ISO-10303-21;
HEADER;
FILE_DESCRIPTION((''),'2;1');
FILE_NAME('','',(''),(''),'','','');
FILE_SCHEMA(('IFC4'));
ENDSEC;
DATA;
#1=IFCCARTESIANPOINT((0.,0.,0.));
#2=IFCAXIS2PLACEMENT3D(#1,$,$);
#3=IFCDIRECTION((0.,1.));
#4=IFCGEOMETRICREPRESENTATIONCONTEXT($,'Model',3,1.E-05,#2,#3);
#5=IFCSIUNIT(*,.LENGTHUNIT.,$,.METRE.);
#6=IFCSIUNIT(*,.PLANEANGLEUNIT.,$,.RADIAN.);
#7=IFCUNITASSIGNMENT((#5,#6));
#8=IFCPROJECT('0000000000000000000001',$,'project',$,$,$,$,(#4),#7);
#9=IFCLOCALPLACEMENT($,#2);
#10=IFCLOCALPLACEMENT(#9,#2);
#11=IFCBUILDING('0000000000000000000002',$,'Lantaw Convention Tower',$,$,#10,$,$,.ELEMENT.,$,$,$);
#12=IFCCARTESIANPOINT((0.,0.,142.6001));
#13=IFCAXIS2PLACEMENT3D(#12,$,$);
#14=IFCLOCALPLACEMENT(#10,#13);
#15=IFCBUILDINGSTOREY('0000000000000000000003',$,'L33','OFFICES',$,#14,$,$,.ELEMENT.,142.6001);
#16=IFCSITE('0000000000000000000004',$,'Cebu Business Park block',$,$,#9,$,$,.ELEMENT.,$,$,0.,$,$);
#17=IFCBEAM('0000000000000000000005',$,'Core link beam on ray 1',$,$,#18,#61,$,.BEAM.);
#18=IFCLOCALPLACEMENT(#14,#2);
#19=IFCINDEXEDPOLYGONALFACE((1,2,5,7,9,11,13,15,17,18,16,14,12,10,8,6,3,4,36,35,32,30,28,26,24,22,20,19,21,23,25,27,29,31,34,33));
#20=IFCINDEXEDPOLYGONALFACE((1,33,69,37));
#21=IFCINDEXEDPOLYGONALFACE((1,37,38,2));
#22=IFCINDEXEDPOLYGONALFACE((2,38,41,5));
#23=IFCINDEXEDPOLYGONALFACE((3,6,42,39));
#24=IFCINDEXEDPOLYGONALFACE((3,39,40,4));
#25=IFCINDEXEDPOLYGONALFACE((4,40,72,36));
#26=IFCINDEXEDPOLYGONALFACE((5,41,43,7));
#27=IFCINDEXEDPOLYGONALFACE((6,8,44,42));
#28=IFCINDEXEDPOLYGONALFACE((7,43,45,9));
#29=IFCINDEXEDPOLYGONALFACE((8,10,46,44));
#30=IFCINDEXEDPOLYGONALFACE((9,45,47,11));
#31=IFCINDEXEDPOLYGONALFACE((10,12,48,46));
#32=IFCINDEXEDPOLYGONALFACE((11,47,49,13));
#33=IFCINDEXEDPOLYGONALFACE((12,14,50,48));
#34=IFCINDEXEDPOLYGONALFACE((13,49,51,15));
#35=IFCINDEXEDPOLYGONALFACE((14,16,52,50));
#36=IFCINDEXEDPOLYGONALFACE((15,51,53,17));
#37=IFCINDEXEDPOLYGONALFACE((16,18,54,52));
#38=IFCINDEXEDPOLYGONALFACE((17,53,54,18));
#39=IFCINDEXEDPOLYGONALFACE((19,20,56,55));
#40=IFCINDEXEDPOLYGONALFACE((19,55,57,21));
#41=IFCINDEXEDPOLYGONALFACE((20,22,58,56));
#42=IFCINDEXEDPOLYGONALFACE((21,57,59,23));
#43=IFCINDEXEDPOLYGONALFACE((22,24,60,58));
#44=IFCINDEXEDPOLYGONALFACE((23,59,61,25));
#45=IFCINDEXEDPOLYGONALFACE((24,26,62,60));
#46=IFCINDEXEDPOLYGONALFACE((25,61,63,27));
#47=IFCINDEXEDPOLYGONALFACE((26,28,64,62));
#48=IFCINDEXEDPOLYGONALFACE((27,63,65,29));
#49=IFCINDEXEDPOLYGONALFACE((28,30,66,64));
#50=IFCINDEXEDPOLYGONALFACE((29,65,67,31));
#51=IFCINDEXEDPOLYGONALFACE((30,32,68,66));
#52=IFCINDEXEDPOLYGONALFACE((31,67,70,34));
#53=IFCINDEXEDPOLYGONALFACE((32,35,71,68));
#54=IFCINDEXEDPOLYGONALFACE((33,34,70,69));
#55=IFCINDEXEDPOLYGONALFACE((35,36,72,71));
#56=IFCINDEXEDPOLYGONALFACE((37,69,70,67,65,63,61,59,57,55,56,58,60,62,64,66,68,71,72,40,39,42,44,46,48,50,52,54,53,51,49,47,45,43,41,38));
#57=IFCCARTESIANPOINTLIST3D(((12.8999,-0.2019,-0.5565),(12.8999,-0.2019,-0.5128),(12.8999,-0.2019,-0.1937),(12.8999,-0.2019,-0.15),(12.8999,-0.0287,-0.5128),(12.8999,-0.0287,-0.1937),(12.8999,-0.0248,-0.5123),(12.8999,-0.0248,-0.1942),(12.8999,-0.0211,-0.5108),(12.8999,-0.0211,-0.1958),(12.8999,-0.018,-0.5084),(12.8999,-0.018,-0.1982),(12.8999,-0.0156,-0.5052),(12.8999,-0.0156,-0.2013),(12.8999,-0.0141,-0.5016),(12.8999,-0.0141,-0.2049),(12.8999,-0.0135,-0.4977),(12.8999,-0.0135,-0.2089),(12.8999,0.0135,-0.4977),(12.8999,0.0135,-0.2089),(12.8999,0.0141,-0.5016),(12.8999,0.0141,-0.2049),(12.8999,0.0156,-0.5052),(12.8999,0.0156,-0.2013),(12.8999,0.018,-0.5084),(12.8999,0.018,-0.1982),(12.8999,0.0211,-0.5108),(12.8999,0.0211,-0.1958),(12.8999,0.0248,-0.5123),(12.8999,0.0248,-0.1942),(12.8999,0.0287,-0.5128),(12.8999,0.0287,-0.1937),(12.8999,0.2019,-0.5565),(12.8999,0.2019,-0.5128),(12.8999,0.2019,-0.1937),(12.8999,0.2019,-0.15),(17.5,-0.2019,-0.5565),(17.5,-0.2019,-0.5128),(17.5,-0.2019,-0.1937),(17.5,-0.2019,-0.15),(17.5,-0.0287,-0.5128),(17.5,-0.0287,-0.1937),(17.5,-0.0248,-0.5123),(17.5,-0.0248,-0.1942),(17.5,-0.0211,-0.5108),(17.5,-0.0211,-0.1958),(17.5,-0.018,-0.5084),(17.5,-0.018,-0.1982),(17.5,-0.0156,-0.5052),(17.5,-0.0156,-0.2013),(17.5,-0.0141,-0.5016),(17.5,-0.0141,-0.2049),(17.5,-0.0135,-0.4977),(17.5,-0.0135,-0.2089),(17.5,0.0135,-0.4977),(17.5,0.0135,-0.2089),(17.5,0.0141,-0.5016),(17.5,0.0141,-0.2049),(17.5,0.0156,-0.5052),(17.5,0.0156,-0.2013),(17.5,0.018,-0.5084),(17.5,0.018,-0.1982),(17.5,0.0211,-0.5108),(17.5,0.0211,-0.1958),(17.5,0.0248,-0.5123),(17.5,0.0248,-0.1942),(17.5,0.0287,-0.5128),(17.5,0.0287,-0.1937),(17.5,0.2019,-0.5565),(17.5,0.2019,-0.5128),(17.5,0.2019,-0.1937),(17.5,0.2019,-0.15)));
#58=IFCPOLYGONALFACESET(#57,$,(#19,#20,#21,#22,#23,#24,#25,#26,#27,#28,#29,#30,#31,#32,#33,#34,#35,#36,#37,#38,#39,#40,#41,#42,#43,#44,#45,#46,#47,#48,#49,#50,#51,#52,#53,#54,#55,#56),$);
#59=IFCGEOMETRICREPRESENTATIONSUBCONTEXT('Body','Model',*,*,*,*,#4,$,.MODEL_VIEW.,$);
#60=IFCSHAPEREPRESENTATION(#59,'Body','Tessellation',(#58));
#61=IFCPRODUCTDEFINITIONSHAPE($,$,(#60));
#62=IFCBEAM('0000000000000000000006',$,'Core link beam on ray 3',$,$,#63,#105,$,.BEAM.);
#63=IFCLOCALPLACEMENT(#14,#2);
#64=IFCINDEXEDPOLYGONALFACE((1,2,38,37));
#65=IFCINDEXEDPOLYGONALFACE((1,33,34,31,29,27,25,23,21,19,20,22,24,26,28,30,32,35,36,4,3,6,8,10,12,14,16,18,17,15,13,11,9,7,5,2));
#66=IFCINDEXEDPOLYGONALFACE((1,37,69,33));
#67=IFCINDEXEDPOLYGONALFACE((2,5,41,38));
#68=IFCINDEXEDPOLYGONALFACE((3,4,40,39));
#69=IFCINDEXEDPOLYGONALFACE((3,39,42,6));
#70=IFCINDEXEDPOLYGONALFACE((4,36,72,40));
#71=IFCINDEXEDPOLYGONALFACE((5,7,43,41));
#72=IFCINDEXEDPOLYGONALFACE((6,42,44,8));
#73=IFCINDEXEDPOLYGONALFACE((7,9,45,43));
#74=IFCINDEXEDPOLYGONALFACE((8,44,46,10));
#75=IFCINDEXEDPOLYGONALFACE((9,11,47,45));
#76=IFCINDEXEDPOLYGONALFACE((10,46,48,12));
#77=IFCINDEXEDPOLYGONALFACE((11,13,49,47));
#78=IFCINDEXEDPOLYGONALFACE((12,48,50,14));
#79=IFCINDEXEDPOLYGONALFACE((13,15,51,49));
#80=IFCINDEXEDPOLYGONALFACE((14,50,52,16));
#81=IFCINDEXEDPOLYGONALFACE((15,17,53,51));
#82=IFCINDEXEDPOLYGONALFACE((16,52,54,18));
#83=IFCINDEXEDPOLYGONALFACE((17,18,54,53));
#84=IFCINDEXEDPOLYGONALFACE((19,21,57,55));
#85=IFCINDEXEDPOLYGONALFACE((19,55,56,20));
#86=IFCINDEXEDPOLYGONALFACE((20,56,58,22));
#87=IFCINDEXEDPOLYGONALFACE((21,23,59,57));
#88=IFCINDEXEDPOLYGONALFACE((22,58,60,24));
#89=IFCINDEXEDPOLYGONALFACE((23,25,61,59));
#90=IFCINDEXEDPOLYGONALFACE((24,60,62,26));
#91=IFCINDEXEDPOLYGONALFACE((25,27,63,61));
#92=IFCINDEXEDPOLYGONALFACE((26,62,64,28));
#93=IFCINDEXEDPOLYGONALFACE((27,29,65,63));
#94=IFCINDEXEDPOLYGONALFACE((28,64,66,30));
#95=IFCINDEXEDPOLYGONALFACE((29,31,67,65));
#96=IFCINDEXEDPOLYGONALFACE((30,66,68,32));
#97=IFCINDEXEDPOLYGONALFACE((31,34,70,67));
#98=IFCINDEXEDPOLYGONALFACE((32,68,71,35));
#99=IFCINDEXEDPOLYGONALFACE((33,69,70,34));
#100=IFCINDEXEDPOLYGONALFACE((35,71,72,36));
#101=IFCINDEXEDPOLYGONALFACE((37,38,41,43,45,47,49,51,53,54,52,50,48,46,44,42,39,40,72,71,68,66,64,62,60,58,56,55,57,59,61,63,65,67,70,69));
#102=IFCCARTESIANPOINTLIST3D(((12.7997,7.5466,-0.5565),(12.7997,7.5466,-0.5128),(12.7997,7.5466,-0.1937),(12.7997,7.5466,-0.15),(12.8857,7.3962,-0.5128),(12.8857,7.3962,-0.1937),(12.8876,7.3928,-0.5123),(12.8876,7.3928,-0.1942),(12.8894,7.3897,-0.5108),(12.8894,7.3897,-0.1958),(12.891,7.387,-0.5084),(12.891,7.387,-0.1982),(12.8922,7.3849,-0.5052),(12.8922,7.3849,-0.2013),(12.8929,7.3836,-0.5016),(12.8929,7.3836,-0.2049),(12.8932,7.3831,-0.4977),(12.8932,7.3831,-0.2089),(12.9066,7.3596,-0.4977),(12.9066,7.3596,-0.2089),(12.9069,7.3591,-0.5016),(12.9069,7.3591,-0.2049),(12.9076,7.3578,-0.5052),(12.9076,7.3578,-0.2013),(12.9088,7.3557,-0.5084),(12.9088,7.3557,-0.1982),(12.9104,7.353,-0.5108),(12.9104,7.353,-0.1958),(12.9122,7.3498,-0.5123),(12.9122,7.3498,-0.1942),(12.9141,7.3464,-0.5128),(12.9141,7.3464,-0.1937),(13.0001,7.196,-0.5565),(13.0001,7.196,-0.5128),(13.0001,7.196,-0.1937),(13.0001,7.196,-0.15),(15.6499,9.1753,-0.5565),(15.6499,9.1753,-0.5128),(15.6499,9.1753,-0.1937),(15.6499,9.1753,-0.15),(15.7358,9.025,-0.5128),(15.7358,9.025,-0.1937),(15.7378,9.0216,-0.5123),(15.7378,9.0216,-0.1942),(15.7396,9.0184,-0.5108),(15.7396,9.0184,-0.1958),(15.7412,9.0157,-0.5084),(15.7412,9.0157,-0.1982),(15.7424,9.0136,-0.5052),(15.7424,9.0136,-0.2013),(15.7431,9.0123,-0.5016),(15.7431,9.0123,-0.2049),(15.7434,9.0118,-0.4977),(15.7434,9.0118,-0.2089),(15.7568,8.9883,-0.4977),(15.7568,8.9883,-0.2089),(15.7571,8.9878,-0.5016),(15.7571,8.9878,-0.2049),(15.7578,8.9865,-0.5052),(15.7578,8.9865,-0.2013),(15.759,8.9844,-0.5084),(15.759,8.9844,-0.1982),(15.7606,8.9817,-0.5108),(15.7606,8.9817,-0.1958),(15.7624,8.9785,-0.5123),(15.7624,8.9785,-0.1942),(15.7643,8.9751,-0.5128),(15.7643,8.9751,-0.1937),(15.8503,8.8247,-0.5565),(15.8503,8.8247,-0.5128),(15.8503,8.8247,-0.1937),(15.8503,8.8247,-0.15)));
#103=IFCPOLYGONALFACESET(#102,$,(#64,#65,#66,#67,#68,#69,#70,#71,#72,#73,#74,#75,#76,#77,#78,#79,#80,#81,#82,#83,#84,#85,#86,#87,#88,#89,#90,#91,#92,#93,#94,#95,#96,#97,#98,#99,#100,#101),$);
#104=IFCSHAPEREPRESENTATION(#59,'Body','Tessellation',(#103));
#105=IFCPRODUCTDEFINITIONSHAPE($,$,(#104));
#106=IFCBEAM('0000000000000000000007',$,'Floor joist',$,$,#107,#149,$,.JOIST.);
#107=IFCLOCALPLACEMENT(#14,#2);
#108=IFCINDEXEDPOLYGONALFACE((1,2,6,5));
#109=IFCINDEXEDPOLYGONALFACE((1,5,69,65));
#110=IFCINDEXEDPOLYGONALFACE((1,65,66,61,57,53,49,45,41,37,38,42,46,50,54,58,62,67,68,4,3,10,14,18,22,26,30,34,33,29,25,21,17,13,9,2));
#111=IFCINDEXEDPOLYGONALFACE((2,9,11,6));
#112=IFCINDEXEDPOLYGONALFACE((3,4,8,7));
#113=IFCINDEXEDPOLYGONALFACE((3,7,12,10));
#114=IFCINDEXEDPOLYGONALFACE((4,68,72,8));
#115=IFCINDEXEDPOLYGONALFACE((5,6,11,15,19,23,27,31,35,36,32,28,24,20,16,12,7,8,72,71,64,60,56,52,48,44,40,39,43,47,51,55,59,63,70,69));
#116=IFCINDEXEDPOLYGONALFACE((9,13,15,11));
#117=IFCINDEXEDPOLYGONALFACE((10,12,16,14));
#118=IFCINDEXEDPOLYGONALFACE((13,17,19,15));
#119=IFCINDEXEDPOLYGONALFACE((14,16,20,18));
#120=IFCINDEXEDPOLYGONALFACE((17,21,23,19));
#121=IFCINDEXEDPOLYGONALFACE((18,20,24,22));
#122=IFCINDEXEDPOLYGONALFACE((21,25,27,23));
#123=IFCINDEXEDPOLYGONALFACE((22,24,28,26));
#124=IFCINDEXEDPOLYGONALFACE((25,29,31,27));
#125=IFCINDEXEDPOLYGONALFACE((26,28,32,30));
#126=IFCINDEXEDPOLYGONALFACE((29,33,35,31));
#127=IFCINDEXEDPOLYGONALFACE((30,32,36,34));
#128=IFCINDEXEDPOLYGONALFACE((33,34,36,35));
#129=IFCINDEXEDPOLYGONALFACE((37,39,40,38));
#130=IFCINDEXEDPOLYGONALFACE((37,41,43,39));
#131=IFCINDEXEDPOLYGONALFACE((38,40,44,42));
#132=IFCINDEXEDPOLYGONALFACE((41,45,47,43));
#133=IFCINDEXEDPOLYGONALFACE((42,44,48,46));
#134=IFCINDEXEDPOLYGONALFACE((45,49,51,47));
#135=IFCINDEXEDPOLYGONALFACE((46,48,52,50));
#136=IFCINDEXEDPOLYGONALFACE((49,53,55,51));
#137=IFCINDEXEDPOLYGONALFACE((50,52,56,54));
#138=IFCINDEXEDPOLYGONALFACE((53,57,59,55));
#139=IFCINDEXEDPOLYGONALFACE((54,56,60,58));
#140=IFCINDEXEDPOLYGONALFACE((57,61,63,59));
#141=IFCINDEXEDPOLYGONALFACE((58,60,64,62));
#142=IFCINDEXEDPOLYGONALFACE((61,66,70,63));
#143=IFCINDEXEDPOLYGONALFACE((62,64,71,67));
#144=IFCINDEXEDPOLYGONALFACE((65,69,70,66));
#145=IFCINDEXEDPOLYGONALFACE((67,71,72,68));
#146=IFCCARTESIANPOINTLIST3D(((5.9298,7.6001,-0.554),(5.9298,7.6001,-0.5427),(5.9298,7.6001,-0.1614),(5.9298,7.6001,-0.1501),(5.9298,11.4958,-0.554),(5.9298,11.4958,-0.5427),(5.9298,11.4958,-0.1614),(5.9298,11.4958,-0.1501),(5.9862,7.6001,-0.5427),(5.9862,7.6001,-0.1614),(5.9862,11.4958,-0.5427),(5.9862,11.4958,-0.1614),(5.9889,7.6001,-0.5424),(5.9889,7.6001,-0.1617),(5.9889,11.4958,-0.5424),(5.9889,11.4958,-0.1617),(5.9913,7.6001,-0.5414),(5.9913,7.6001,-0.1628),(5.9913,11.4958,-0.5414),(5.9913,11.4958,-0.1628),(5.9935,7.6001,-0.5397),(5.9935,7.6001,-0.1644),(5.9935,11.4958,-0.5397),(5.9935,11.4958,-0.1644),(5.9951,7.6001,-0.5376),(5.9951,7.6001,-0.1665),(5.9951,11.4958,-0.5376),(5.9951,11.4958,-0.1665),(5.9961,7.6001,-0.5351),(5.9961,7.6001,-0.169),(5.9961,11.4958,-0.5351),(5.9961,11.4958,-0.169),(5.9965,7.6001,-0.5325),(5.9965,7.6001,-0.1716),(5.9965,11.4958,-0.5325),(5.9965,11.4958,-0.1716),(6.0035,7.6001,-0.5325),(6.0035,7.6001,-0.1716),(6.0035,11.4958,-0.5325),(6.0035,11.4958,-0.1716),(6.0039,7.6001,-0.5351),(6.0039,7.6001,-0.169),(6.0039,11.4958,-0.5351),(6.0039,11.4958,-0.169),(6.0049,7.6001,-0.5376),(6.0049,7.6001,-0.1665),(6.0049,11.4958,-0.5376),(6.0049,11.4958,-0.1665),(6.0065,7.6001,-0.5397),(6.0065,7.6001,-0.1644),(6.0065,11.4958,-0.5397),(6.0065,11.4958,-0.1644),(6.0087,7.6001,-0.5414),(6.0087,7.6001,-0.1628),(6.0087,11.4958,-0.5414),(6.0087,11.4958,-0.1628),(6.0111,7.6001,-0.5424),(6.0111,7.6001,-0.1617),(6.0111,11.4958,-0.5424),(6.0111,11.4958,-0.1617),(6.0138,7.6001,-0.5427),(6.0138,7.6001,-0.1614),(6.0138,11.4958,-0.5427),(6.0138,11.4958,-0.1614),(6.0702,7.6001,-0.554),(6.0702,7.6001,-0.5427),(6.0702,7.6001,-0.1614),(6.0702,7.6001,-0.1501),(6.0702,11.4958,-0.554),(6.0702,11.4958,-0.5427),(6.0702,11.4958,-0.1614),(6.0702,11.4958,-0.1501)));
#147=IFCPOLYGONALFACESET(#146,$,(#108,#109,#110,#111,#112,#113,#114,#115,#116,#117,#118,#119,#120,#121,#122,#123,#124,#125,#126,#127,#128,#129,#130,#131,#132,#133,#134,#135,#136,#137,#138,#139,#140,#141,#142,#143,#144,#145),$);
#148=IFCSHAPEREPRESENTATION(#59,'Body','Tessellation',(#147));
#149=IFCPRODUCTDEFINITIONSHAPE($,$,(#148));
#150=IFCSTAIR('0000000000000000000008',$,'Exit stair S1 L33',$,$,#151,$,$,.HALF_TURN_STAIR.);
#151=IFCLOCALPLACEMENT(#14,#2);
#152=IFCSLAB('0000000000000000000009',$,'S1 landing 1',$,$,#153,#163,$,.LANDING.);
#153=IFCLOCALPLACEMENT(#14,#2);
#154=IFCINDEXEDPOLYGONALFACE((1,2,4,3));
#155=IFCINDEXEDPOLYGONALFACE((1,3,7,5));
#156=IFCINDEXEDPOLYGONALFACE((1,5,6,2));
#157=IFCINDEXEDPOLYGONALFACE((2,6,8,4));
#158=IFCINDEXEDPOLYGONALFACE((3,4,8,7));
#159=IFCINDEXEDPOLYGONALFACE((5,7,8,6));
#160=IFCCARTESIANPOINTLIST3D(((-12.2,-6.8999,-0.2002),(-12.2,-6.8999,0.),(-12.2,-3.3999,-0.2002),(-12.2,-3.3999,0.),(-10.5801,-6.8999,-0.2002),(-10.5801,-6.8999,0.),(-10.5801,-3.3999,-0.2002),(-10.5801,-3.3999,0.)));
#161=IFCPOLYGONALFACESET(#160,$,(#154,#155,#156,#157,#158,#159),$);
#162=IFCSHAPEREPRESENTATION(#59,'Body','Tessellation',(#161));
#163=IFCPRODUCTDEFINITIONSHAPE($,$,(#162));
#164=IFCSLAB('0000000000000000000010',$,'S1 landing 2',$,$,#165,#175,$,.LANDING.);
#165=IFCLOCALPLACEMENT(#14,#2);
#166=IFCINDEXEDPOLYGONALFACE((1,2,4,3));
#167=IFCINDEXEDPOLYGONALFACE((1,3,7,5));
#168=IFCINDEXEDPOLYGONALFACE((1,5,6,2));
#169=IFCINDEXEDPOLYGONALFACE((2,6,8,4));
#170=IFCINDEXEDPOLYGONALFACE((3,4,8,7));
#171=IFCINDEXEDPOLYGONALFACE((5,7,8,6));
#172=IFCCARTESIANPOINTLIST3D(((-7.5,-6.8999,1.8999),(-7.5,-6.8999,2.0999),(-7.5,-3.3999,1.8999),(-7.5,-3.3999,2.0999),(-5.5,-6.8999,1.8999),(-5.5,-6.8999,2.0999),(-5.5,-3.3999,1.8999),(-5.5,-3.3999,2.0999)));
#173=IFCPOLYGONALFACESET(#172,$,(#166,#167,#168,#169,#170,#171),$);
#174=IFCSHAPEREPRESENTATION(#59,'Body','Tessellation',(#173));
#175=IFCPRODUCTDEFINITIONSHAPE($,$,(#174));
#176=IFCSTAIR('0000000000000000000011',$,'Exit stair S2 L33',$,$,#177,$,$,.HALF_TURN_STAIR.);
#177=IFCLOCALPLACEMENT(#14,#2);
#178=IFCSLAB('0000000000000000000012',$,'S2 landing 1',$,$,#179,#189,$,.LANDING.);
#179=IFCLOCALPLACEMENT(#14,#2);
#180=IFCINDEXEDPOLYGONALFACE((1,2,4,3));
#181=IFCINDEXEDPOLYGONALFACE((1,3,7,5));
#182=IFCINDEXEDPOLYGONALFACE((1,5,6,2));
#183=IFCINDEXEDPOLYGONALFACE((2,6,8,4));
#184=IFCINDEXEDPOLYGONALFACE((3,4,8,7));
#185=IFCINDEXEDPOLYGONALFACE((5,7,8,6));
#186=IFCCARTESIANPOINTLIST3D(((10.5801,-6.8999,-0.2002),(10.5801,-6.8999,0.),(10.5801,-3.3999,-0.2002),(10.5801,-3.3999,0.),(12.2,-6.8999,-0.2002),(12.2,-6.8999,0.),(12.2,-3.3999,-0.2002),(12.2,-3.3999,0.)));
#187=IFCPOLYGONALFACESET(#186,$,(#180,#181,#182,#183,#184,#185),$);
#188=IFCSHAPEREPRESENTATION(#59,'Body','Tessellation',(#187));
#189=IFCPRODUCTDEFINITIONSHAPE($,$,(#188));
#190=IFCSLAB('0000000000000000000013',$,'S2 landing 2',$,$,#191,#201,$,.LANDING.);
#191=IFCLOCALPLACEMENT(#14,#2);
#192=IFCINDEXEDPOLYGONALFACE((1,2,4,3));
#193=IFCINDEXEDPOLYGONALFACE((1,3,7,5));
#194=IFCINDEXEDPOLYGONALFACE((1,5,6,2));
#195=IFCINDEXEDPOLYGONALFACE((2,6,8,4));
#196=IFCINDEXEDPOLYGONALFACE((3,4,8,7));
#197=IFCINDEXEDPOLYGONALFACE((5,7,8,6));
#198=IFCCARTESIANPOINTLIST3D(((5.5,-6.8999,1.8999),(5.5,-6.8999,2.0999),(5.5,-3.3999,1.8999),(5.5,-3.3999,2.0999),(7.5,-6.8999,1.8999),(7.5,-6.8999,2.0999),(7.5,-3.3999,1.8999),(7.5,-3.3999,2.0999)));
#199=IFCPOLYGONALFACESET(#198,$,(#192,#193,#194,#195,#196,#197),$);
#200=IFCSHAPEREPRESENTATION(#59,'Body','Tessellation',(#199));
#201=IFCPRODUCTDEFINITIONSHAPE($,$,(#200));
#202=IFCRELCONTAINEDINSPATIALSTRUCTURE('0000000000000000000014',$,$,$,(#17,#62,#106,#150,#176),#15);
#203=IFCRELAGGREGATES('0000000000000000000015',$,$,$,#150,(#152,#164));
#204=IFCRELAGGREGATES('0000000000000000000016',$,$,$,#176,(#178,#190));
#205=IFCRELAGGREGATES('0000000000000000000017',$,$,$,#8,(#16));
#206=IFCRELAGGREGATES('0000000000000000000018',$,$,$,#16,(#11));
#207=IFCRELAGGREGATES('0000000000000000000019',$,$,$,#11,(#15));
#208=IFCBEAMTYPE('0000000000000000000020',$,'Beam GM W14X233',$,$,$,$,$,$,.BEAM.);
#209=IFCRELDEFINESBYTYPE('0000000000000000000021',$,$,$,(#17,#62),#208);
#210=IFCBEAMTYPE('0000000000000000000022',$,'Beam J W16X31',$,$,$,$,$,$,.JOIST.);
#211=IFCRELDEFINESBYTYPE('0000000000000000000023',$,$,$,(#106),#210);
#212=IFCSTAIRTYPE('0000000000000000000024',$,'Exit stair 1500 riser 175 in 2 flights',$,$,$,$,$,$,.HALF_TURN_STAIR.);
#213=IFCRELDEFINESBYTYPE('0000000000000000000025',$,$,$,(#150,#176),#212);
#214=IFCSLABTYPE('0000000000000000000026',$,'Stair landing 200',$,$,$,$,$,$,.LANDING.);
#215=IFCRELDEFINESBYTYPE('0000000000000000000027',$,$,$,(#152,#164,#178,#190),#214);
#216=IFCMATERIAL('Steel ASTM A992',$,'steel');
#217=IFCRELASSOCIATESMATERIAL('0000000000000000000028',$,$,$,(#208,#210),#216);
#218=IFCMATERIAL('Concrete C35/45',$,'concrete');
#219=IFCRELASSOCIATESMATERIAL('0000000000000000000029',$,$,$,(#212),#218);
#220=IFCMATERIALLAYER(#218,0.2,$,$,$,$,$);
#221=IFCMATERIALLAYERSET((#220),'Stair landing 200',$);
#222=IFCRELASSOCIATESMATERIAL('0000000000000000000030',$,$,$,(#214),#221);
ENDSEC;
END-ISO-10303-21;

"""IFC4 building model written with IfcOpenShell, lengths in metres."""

from ifc_helpers import new_model, si_unit, direction, frame, origin, origin_2d, place, context, subcontext, project, spatial, polyline, i_section, outline, extrude, material, layer, layer_set, material_profile, profile_set, type_object, element, aggregate, save


model = new_model("IFC4")

# Units and contexts
model_context = context("Model", 3, precision=1e-05, world=origin(), true_north=direction((0.0, 1.0)))
body_context = subcontext(model_context, "Body", "Model", "MODEL_VIEW")
ifc_project = project(units=[si_unit("LENGTHUNIT", "METRE"), si_unit("PLANEANGLEUNIT", "RADIAN")], contexts=[model_context])

# Site, building, storey
site_placement = place(None, origin())
site = spatial("IfcSite", under=ifc_project, at=site_placement, Name="Cebu Business Park block", CompositionType="ELEMENT", RefElevation=0.0)
building_placement = place(site_placement, origin())
building = spatial("IfcBuilding", under=site, at=building_placement, Name="Lantaw Convention Tower", CompositionType="ELEMENT")
storey_placement = place(building_placement, frame((0.0, 0.0, 142.6001)))
storey = spatial("IfcBuildingStorey", under=building, at=storey_placement, Name="L33", Description="OFFICES", CompositionType="ELEMENT", Elevation=142.6001)

# Beams
ifc_material_1 = material(Name="Steel ASTM A992", Category="steel")
ifc_material_profile_1 = material_profile(ifc_material_1, i_section(OverallWidth=0.4038, OverallDepth=0.4065, WebThickness=0.0271, FlangeThickness=0.0437, FilletRadius=0.0151, at=origin_2d()), Name="W14X233")
ifc_profile_set_1 = profile_set([ifc_material_profile_1], Name="Steel ASTM A992")
beam_type_1 = type_object("IfcBeamType", Name="Beam GM W14X233", PredefinedType="BEAM", material=ifc_profile_set_1)
beam_1_placement = place(storey_placement, frame((12.8999, 0.0, -0.3533), z_axis=(1.0, 0.0, 0.0), x_axis=(0.0, 1.0, 0.0)))
element("IfcBeam", 1, at=beam_1_placement, inside=storey, type_object=beam_type_1, Name="Core link beam on ray 1", PredefinedType="BEAM", context=body_context, shape_type="SweptSolid", body=[
    extrude(i_section(OverallWidth=0.4038, OverallDepth=0.4065, WebThickness=0.0271, FlangeThickness=0.0437, FilletRadius=0.0151, at=origin_2d()), origin(), (0.0, 0.0, 1.0), 4.6001),
])
beam_2_placement = place(storey_placement, frame((12.8999, 7.3713, -0.3533), z_axis=(0.868239, 0.496147, 0.0), x_axis=(-0.496147, 0.868239, 0.0)))
element("IfcBeam", 2, at=beam_2_placement, inside=storey, type_object=beam_type_1, Name="Core link beam on ray 3", PredefinedType="BEAM", context=body_context, shape_type="SweptSolid", body=[
    extrude(i_section(OverallWidth=0.4038, OverallDepth=0.4065, WebThickness=0.0271, FlangeThickness=0.0437, FilletRadius=0.0151, at=origin_2d()), origin(), (0.0, 0.0, 1.0), 3.2827),
])
ifc_material_profile_2 = material_profile(ifc_material_1, i_section(OverallWidth=0.1404, OverallDepth=0.4038, WebThickness=0.0071, FlangeThickness=0.0112, FilletRadius=0.0103, at=origin_2d()), Name="W16X31")
ifc_profile_set_2 = profile_set([ifc_material_profile_2], Name="Steel ASTM A992")
beam_type_2 = type_object("IfcBeamType", Name="Beam J W16X31", PredefinedType="JOIST", material=ifc_profile_set_2)
beam_3_placement = place(storey_placement, frame((6.0, 7.6001, -0.3521), z_axis=(0.0, 1.0, 0.0), x_axis=(-1.0, 0.0, 0.0)))
element("IfcBeam", 3, at=beam_3_placement, inside=storey, type_object=beam_type_2, Name="Floor joist", PredefinedType="JOIST", context=body_context, shape_type="SweptSolid", body=[
    extrude(i_section(OverallWidth=0.1404, OverallDepth=0.4038, WebThickness=0.0071, FlangeThickness=0.0112, FilletRadius=0.0103, at=origin_2d()), origin(), (0.0, 0.0, 1.0), 3.8958),
])

# Stairs, slabs
ifc_material_2 = material(Name="Concrete C35/45", Category="concrete")
stair_type = type_object("IfcStairType", Name="Exit stair 1500 riser 175 in 2 flights", PredefinedType="HALF_TURN_STAIR", material=ifc_material_2)
stair_1_placement = place(storey_placement, origin())
stair_1 = element("IfcStair", 4, at=stair_1_placement, inside=storey, type_object=stair_type, Name="Exit stair S1 L33", PredefinedType="HALF_TURN_STAIR")
ifc_layer_1 = layer(ifc_material_2, 0.2)
ifc_layer_set_1 = layer_set([ifc_layer_1], Name="Stair landing 200")
slab_type = type_object("IfcSlabType", Name="Stair landing 200", PredefinedType="LANDING", material=ifc_layer_set_1)
slab_1_placement = place(storey_placement, frame((0.0, 0.0, -0.2002)))
slab_1 = element("IfcSlab", 5, at=slab_1_placement, type_object=slab_type, Name="S1 landing 1", PredefinedType="LANDING", context=body_context, shape_type="SweptSolid", body=[
    extrude(outline(polyline([(-12.2, -6.8999), (-10.5801, -6.8999), (-10.5801, -3.3999), (-12.2, -3.3999), (-12.2, -6.8999)])), origin(), (0.0, 0.0, 1.0), 0.2002),
])
slab_2_placement = place(storey_placement, frame((0.0, 0.0, 1.8999)))
slab_2 = element("IfcSlab", 6, at=slab_2_placement, type_object=slab_type, Name="S1 landing 2", PredefinedType="LANDING", context=body_context, shape_type="SweptSolid", body=[
    extrude(outline(polyline([(-7.5, -6.8999), (-5.5, -6.8999), (-5.5, -3.3999), (-7.5, -3.3999), (-7.5, -6.8999)])), origin(), (0.0, 0.0, 1.0), 0.2),
])
aggregate(stair_1, [slab_1, slab_2])
stair_2_placement = place(storey_placement, origin())
stair_2 = element("IfcStair", 7, at=stair_2_placement, inside=storey, type_object=stair_type, Name="Exit stair S2 L33", PredefinedType="HALF_TURN_STAIR")
slab_3_placement = place(storey_placement, frame((0.0, 0.0, -0.2002)))
slab_3 = element("IfcSlab", 8, at=slab_3_placement, type_object=slab_type, Name="S2 landing 1", PredefinedType="LANDING", context=body_context, shape_type="SweptSolid", body=[
    extrude(outline(polyline([(10.5801, -6.8999), (12.2, -6.8999), (12.2, -3.3999), (10.5801, -3.3999), (10.5801, -6.8999)])), origin(), (0.0, 0.0, 1.0), 0.2002),
])
slab_4_placement = place(storey_placement, frame((0.0, 0.0, 1.8999)))
slab_4 = element("IfcSlab", 9, at=slab_4_placement, type_object=slab_type, Name="S2 landing 2", PredefinedType="LANDING", context=body_context, shape_type="SweptSolid", body=[
    extrude(outline(polyline([(5.5, -6.8999), (7.5, -6.8999), (7.5, -3.3999), (5.5, -3.3999), (5.5, -6.8999)])), origin(), (0.0, 0.0, 1.0), 0.2),
])
aggregate(stair_2, [slab_3, slab_4])

save(model, "model.ifc")
